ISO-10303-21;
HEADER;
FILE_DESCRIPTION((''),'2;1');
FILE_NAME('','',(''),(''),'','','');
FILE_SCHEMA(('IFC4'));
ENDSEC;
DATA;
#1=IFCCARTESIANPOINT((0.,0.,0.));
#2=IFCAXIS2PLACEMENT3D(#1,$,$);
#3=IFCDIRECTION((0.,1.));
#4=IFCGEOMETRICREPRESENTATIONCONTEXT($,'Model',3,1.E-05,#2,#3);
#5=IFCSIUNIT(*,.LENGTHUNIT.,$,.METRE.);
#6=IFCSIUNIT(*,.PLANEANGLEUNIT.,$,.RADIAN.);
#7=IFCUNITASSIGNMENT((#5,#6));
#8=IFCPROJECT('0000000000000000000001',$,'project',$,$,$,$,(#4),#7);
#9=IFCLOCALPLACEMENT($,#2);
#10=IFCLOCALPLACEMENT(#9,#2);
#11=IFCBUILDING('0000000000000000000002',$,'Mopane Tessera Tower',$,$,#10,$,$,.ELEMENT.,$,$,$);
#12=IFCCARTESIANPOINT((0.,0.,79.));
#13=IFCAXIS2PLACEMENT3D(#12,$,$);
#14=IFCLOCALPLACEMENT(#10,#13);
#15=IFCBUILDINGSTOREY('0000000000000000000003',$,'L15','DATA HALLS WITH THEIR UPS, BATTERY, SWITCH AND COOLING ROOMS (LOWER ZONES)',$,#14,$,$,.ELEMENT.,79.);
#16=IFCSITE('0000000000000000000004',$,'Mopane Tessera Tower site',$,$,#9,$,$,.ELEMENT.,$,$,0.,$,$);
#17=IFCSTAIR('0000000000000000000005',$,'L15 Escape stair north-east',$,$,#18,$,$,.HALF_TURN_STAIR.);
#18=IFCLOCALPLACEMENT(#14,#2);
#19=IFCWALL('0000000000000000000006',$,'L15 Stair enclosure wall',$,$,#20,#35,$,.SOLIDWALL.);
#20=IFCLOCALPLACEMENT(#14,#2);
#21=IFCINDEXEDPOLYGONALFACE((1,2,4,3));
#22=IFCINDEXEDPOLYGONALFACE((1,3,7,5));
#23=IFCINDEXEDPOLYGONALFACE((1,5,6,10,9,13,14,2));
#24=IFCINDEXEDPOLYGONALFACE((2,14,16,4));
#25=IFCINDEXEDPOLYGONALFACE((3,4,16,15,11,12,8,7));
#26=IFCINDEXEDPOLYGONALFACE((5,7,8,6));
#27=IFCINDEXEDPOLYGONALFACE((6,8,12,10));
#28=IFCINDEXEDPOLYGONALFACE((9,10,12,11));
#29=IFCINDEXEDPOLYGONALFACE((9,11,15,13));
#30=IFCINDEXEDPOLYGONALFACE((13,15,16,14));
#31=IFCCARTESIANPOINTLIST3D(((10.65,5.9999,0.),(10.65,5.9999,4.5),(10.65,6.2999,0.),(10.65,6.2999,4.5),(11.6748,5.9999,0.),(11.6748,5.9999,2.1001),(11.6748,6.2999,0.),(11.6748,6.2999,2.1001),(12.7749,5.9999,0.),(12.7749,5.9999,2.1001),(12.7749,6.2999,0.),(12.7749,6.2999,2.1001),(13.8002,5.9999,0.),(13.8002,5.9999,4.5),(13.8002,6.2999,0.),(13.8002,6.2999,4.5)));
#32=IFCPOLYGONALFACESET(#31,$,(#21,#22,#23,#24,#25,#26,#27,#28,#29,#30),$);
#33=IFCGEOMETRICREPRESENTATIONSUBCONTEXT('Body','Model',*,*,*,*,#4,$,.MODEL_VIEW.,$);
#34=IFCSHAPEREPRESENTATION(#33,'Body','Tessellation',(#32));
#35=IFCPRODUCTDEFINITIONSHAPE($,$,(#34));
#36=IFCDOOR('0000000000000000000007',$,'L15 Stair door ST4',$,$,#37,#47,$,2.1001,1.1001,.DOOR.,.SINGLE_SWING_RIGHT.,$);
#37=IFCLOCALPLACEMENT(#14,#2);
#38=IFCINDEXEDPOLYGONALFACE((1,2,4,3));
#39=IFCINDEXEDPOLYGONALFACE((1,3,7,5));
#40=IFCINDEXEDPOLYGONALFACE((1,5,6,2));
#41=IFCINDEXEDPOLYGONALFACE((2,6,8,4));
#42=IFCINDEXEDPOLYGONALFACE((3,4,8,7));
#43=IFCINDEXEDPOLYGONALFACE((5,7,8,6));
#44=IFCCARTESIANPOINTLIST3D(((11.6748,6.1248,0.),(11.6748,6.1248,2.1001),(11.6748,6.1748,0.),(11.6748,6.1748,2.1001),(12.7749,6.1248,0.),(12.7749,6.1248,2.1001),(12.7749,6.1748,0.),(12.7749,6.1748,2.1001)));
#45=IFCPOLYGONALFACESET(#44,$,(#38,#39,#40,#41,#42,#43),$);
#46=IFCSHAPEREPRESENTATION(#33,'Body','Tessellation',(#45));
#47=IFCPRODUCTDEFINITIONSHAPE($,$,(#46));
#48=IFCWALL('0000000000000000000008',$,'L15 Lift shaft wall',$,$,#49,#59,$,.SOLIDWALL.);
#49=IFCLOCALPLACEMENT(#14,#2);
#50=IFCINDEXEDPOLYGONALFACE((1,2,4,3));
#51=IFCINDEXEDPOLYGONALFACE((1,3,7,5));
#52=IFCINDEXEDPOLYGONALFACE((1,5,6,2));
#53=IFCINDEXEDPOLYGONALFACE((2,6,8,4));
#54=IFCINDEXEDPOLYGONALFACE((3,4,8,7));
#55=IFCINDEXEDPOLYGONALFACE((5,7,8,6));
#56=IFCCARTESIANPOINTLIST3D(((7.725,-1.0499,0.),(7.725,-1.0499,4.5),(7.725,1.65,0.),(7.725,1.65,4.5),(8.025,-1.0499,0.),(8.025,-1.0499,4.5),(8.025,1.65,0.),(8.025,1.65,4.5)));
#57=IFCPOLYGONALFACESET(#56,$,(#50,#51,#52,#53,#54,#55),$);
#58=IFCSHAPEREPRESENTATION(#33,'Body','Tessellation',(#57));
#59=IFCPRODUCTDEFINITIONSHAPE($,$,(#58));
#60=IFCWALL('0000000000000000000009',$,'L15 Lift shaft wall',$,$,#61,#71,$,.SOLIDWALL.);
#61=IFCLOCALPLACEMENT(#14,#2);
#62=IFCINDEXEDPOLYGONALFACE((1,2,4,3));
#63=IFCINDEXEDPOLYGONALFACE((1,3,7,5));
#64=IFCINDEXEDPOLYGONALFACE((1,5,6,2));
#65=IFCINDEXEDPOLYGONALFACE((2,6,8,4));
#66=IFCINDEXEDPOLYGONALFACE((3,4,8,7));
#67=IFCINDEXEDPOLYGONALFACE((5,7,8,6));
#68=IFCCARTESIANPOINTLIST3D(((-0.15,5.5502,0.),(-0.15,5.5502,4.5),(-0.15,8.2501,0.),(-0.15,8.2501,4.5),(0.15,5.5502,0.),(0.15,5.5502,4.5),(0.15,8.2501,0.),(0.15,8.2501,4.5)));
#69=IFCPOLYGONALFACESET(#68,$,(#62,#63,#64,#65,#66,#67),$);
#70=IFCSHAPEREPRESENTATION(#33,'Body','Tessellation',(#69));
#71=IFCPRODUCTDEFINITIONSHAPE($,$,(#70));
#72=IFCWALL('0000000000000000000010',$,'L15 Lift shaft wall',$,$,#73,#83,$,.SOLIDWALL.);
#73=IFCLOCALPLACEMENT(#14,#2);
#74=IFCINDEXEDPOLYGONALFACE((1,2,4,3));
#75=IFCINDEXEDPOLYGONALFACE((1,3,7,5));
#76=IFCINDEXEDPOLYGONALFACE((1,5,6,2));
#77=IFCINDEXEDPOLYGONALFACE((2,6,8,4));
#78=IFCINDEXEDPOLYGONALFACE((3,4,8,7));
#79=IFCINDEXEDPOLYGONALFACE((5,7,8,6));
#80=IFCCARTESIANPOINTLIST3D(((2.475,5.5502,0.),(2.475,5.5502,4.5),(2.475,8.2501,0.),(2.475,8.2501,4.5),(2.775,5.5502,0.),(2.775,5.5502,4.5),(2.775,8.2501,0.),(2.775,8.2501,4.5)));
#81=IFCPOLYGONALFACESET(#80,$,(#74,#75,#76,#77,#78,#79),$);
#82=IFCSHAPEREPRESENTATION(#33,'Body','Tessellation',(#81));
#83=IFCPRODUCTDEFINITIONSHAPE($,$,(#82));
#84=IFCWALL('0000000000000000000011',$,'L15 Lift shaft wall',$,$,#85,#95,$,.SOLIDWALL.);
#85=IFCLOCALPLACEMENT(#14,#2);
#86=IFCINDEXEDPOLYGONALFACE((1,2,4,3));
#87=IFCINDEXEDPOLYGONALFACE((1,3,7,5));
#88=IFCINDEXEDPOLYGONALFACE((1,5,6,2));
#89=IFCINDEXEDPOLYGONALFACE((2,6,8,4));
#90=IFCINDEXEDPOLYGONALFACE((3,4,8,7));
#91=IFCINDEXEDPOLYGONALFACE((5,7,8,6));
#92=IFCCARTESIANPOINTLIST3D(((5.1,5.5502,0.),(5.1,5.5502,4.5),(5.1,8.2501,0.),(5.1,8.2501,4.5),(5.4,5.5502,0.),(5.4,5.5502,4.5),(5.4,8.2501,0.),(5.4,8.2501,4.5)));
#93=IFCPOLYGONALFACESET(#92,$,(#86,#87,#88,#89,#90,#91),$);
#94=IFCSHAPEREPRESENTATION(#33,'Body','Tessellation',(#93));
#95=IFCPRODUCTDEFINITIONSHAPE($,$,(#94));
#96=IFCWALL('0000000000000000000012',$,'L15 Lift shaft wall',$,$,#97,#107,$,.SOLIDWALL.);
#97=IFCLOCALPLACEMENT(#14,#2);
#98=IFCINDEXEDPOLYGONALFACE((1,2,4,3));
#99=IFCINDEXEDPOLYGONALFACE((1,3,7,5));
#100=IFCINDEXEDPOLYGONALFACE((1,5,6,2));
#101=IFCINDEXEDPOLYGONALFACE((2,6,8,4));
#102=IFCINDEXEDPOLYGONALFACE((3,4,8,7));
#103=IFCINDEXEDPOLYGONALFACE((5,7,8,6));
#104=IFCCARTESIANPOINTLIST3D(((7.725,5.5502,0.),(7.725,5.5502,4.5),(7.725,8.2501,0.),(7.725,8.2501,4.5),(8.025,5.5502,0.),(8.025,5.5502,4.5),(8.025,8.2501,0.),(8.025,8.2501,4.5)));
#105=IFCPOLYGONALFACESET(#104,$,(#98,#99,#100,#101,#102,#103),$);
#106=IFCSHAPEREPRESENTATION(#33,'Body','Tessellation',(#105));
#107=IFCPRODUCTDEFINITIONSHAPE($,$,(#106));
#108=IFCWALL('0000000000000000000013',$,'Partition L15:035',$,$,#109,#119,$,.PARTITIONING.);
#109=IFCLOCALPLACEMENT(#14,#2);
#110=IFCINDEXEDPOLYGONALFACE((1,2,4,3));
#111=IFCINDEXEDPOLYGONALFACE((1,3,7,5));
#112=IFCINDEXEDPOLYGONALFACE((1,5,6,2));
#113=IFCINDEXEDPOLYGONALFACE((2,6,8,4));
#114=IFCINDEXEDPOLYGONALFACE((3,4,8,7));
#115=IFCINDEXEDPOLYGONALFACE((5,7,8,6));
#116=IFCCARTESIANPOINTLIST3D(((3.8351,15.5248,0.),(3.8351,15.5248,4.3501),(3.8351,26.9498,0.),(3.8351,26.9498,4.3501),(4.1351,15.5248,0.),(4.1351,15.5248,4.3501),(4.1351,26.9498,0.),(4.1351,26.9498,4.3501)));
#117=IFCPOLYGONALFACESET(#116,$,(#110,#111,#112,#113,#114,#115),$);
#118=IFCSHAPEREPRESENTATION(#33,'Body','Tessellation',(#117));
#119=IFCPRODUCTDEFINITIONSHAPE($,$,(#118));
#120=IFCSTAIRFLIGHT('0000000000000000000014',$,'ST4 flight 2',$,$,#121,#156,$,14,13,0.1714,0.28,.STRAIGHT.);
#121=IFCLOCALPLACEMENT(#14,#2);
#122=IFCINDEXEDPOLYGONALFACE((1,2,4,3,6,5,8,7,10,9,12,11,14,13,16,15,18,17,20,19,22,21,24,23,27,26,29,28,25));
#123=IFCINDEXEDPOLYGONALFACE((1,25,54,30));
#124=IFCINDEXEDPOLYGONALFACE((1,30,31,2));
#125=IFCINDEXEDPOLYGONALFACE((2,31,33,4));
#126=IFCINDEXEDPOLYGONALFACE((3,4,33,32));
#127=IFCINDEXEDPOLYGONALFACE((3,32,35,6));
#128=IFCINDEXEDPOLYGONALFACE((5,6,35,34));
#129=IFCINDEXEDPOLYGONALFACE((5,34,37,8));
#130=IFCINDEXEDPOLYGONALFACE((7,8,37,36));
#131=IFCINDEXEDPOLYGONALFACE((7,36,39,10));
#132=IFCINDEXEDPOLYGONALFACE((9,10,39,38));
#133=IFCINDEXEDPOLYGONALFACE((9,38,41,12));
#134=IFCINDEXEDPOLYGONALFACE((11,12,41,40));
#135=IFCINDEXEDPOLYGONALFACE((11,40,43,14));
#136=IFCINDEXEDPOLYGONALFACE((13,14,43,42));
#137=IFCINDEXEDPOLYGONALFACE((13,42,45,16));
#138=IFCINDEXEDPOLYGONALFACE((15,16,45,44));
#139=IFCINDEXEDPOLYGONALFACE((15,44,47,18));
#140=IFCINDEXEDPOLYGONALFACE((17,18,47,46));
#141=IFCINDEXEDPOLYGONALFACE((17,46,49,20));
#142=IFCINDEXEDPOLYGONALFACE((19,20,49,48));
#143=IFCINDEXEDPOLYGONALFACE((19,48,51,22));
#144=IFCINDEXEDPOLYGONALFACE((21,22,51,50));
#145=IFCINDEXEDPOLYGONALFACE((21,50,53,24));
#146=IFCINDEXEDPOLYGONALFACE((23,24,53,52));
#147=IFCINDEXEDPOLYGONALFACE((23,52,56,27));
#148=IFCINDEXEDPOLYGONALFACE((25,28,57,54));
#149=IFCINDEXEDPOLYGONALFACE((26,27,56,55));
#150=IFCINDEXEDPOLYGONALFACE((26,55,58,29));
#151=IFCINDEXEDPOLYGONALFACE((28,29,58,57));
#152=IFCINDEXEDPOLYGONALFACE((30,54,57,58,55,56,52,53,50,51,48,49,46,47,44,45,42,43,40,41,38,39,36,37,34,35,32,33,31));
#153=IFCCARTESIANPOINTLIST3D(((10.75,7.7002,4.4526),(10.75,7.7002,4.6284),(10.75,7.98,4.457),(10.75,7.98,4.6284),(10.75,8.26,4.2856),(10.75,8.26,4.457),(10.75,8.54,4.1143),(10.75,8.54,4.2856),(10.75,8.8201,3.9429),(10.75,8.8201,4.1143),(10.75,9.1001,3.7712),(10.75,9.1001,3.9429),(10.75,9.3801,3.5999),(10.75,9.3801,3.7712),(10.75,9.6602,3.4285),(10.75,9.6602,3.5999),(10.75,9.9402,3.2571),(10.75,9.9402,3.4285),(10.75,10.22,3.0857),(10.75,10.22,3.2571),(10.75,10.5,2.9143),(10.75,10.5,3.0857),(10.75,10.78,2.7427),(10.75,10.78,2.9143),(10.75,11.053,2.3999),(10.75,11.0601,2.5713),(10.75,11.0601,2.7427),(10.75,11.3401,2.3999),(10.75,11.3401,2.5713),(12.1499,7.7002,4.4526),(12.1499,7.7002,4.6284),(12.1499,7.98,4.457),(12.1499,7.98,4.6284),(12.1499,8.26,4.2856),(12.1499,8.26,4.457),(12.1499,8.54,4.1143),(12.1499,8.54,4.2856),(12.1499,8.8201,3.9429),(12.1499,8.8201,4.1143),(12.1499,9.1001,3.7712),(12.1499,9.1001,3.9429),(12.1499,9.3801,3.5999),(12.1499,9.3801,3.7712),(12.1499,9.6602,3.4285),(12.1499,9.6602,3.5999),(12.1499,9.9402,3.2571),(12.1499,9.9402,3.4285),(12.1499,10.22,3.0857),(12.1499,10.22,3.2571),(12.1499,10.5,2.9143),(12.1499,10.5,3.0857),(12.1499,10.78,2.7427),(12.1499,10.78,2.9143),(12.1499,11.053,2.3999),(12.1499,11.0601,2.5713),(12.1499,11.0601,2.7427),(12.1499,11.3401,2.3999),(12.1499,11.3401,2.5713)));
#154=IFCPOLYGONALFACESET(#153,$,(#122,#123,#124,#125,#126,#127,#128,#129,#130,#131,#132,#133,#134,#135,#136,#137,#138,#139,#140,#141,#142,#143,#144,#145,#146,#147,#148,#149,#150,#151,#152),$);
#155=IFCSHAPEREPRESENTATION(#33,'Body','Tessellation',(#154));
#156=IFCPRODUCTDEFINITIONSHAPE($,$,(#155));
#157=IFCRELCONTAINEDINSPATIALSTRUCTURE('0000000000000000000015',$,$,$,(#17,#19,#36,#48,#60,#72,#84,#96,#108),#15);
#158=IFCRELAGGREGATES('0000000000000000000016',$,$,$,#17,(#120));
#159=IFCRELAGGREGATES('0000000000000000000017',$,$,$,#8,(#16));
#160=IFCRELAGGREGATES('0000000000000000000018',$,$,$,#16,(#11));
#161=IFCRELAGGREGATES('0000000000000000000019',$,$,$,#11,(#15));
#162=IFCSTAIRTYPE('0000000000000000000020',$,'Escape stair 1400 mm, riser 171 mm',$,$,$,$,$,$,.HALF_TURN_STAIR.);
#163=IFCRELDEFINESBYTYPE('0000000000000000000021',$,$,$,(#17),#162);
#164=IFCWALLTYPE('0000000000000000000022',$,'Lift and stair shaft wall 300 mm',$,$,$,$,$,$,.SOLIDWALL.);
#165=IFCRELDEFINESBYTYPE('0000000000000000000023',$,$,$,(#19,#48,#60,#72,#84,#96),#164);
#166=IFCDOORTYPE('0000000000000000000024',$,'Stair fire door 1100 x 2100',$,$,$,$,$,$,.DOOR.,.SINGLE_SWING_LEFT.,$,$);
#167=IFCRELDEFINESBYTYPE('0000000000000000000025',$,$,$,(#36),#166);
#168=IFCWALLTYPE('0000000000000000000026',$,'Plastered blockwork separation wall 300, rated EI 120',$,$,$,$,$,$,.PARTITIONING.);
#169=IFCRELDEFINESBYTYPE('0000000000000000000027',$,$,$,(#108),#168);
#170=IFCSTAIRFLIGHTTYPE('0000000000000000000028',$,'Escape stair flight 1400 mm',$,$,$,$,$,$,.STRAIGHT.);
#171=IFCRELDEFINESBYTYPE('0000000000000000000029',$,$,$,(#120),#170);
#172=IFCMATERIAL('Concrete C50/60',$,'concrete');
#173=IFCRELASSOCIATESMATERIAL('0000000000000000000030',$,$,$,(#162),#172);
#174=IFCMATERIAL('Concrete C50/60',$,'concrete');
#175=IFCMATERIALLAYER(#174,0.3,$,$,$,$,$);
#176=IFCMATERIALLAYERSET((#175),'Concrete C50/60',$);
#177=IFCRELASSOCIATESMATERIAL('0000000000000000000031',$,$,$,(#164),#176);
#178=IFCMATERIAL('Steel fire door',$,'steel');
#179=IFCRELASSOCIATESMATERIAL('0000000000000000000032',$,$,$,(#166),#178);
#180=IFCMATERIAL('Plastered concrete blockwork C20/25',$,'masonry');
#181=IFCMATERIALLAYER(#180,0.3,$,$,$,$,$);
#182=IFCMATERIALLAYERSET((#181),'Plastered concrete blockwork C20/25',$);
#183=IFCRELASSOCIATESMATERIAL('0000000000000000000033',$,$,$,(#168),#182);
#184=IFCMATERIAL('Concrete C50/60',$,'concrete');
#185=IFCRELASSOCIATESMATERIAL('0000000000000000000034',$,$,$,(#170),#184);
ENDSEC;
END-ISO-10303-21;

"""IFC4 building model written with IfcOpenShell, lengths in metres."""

from ifc_helpers import new_model, si_unit, direction, frame, frame_2d, origin, place, context, subcontext, project, spatial, polyline, rectangle, outline, extrude, material, layer, layer_set, type_object, element, fill, aggregate, save


model = new_model("IFC4")

# Units and contexts
model_context = context("Model", 3, precision=1e-05, world=origin(), true_north=direction((0.0, 1.0)))
body_context = subcontext(model_context, "Body", "Model", "MODEL_VIEW")
ifc_project = project(units=[si_unit("LENGTHUNIT", "METRE"), si_unit("PLANEANGLEUNIT", "RADIAN")], contexts=[model_context])

# Site, building, storey
site_placement = place(None, origin())
site = spatial("IfcSite", under=ifc_project, at=site_placement, Name="Mopane Tessera Tower site", CompositionType="ELEMENT", RefElevation=0.0)
building_placement = place(site_placement, origin())
building = spatial("IfcBuilding", under=site, at=building_placement, Name="Mopane Tessera Tower", CompositionType="ELEMENT")
storey_placement = place(building_placement, frame((0.0, 0.0, 79.0)))
storey = spatial("IfcBuildingStorey", under=building, at=storey_placement, Name="L15", Description="DATA HALLS WITH THEIR UPS, BATTERY, SWITCH AND COOLING ROOMS (LOWER ZONES)", CompositionType="ELEMENT", Elevation=79.0)

# Stair
ifc_material_1 = material(Name="Concrete C50/60", Category="concrete")
stair_type = type_object("IfcStairType", Name="Escape stair 1400 mm, riser 171 mm", PredefinedType="HALF_TURN_STAIR", material=ifc_material_1)
stair_1_placement = place(storey_placement, origin())
stair_1 = element("IfcStair", 1, at=stair_1_placement, inside=storey, type_object=stair_type, Name="L15 Escape stair north-east", PredefinedType="HALF_TURN_STAIR")

# Wall, opening, door
ifc_material_2 = material(Name="Concrete C50/60", Category="concrete")
ifc_layer_1 = layer(ifc_material_2, 0.3)
ifc_layer_set_1 = layer_set([ifc_layer_1], Name="Concrete C50/60")
wall_type_1 = type_object("IfcWallType", Name="Lift and stair shaft wall 300 mm", PredefinedType="SOLIDWALL", material=ifc_layer_set_1)
ifc_material_3 = material(Name="Steel fire door", Category="steel")
door_type = type_object("IfcDoorType", Name="Stair fire door 1100 x 2100", OperationType="SINGLE_SWING_LEFT", PredefinedType="DOOR", material=ifc_material_3)
wall_1_placement = place(storey_placement, frame((10.6499, 6.1499, 0.0), z_axis=(0.0, 0.0, 1.0), x_axis=(1.0, 0.0, 0.0)))
wall_1 = element("IfcWall", 2, at=wall_1_placement, inside=storey, type_object=wall_type_1, Name="L15 Stair enclosure wall", PredefinedType="SOLIDWALL", context=body_context, shape_type="SweptSolid", body=[
    extrude(rectangle(XDim=3.1501, YDim=0.3, at=frame_2d((1.5752, 0.0))), origin(), (0.0, 0.0, 1.0), 4.5),
])
opening_1_placement = place(wall_1_placement, frame((1.0249, 0.0, 0.0)))
opening_1 = element("IfcOpeningElement", 3, at=opening_1_placement, cuts=wall_1, PredefinedType="OPENING", context=body_context, shape_type="SweptSolid", body=[
    extrude(rectangle(XDim=1.1001, YDim=2.1001, at=frame_2d((0.55, 1.05))), frame((0.0, 0.1621, 0.0), z_axis=(0.0, -1.0, 0.0), x_axis=(1.0, 0.0, 0.0)), (0.0, 0.0, 1.0), 0.324),
])
door_1_placement = place(opening_1_placement, origin())
door_1 = element("IfcDoor", 4, at=door_1_placement, inside=storey, type_object=door_type, Name="L15 Stair door ST4", OperationType="SINGLE_SWING_RIGHT", OverallHeight=2.1001, OverallWidth=1.1001, PredefinedType="DOOR", context=body_context, shape_type="SweptSolid", body=[
    extrude(rectangle(XDim=1.1001, YDim=2.1001, at=frame_2d((0.55, 1.05))), frame((0.0, 0.0249, 0.0), z_axis=(0.0, -1.0, 0.0), x_axis=(1.0, 0.0, 0.0)), (0.0, 0.0, 1.0), 0.05),
])
fill(opening_1, door_1)

# Walls
for number, where, z_axis, x_axis, name in (
    (5, (7.875, -1.05, 0.0), (0.0, 0.0, 1.0), (0.0, 1.0, 0.0), "L15 Lift shaft wall"),
    (6, (0.0, 5.55, 0.0), (0.0, 0.0, 1.0), (0.0, 1.0, 0.0), "L15 Lift shaft wall"),
    (7, (2.625, 5.55, 0.0), (0.0, 0.0, 1.0), (0.0, 1.0, 0.0), "L15 Lift shaft wall"),
    (8, (5.25, 5.55, 0.0), (0.0, 0.0, 1.0), (0.0, 1.0, 0.0), "L15 Lift shaft wall"),
    (9, (7.875, 5.55, 0.0), (0.0, 0.0, 1.0), (0.0, 1.0, 0.0), "L15 Lift shaft wall"),
):
    element("IfcWall", number, at=place(storey_placement, frame(where, z_axis=z_axis, x_axis=x_axis)), inside=storey, type_object=wall_type_1, Name=name, PredefinedType="SOLIDWALL", context=body_context, shape_type="SweptSolid", body=[
        extrude(rectangle(XDim=2.7, YDim=0.3, at=frame_2d((1.3501, 0.0))), origin(), (0.0, 0.0, 1.0), 4.5),
    ])
ifc_material_4 = material(Name="Plastered concrete blockwork C20/25", Category="masonry")
ifc_layer_2 = layer(ifc_material_4, 0.3)
ifc_layer_set_2 = layer_set([ifc_layer_2], Name="Plastered concrete blockwork C20/25")
wall_type_2 = type_object("IfcWallType", Name="Plastered blockwork separation wall 300, rated EI 120", PredefinedType="PARTITIONING", material=ifc_layer_set_2)
wall_2_placement = place(storey_placement, frame((3.9851, 15.5249, 0.0), z_axis=(0.0, 0.0, 1.0), x_axis=(0.0, 1.0, 0.0)))
element("IfcWall", 10, at=wall_2_placement, inside=storey, type_object=wall_type_2, Name="Partition L15:035", PredefinedType="PARTITIONING", context=body_context, shape_type="SweptSolid", body=[
    extrude(rectangle(XDim=11.425, YDim=0.3, at=frame_2d((5.7124, 0.0))), origin(), (0.0, 0.0, 1.0), 4.3501),
])

# Stair flight
ifc_material_5 = material(Name="Concrete C50/60", Category="concrete")
stair_flight_type = type_object("IfcStairFlightType", Name="Escape stair flight 1400 mm", PredefinedType="STRAIGHT", material=ifc_material_5)
stair_flight_placement = place(storey_placement, frame((11.45, 11.3401, 2.3999), z_axis=(0.0, 0.0, 1.0), x_axis=(0.0, -1.0, 0.0)))
stair_flight = element("IfcStairFlight", 11, at=stair_flight_placement, type_object=stair_flight_type, Name="ST4 flight 2", NumberOfRisers=14, NumberOfTreads=13, PredefinedType="STRAIGHT", RiserHeight=0.1714, TreadLength=0.28, context=body_context, shape_type="SweptSolid", body=[
    extrude(outline(polyline([(0.0, 0.0), (0.0, 0.1714), (0.28, 0.1714), (0.28, 0.3428), (0.5601, 0.3428), (0.5601, 0.5144), (0.8401, 0.5144), (0.8401, 0.6858), (1.1201, 0.6858), (1.1201, 0.8572), (1.3999, 0.8572), (1.3999, 1.0286), (1.6799, 1.0286), (1.6799, 1.2), (1.96, 1.2), (1.96, 1.3713), (2.24, 1.3713), (2.24, 1.543), (2.52, 1.543), (2.52, 1.7144), (2.8, 1.7144), (2.8, 1.8857), (3.0801, 1.8857), (3.0801, 2.0571), (3.3601, 2.0571), (3.3601, 2.2285), (3.6399, 2.2285), (3.6399, 2.3999), (3.6399, 2.0527), (0.2871, 0.0), (0.0, 0.0)])), frame((0.0, 0.7, 0.0), z_axis=(0.0, -1.0, 0.0), x_axis=(1.0, 0.0, 0.0)), (0.0, 0.0, 1.0), 1.3999),
])
aggregate(stair_1, [stair_flight])

save(model, "model.ifc")
